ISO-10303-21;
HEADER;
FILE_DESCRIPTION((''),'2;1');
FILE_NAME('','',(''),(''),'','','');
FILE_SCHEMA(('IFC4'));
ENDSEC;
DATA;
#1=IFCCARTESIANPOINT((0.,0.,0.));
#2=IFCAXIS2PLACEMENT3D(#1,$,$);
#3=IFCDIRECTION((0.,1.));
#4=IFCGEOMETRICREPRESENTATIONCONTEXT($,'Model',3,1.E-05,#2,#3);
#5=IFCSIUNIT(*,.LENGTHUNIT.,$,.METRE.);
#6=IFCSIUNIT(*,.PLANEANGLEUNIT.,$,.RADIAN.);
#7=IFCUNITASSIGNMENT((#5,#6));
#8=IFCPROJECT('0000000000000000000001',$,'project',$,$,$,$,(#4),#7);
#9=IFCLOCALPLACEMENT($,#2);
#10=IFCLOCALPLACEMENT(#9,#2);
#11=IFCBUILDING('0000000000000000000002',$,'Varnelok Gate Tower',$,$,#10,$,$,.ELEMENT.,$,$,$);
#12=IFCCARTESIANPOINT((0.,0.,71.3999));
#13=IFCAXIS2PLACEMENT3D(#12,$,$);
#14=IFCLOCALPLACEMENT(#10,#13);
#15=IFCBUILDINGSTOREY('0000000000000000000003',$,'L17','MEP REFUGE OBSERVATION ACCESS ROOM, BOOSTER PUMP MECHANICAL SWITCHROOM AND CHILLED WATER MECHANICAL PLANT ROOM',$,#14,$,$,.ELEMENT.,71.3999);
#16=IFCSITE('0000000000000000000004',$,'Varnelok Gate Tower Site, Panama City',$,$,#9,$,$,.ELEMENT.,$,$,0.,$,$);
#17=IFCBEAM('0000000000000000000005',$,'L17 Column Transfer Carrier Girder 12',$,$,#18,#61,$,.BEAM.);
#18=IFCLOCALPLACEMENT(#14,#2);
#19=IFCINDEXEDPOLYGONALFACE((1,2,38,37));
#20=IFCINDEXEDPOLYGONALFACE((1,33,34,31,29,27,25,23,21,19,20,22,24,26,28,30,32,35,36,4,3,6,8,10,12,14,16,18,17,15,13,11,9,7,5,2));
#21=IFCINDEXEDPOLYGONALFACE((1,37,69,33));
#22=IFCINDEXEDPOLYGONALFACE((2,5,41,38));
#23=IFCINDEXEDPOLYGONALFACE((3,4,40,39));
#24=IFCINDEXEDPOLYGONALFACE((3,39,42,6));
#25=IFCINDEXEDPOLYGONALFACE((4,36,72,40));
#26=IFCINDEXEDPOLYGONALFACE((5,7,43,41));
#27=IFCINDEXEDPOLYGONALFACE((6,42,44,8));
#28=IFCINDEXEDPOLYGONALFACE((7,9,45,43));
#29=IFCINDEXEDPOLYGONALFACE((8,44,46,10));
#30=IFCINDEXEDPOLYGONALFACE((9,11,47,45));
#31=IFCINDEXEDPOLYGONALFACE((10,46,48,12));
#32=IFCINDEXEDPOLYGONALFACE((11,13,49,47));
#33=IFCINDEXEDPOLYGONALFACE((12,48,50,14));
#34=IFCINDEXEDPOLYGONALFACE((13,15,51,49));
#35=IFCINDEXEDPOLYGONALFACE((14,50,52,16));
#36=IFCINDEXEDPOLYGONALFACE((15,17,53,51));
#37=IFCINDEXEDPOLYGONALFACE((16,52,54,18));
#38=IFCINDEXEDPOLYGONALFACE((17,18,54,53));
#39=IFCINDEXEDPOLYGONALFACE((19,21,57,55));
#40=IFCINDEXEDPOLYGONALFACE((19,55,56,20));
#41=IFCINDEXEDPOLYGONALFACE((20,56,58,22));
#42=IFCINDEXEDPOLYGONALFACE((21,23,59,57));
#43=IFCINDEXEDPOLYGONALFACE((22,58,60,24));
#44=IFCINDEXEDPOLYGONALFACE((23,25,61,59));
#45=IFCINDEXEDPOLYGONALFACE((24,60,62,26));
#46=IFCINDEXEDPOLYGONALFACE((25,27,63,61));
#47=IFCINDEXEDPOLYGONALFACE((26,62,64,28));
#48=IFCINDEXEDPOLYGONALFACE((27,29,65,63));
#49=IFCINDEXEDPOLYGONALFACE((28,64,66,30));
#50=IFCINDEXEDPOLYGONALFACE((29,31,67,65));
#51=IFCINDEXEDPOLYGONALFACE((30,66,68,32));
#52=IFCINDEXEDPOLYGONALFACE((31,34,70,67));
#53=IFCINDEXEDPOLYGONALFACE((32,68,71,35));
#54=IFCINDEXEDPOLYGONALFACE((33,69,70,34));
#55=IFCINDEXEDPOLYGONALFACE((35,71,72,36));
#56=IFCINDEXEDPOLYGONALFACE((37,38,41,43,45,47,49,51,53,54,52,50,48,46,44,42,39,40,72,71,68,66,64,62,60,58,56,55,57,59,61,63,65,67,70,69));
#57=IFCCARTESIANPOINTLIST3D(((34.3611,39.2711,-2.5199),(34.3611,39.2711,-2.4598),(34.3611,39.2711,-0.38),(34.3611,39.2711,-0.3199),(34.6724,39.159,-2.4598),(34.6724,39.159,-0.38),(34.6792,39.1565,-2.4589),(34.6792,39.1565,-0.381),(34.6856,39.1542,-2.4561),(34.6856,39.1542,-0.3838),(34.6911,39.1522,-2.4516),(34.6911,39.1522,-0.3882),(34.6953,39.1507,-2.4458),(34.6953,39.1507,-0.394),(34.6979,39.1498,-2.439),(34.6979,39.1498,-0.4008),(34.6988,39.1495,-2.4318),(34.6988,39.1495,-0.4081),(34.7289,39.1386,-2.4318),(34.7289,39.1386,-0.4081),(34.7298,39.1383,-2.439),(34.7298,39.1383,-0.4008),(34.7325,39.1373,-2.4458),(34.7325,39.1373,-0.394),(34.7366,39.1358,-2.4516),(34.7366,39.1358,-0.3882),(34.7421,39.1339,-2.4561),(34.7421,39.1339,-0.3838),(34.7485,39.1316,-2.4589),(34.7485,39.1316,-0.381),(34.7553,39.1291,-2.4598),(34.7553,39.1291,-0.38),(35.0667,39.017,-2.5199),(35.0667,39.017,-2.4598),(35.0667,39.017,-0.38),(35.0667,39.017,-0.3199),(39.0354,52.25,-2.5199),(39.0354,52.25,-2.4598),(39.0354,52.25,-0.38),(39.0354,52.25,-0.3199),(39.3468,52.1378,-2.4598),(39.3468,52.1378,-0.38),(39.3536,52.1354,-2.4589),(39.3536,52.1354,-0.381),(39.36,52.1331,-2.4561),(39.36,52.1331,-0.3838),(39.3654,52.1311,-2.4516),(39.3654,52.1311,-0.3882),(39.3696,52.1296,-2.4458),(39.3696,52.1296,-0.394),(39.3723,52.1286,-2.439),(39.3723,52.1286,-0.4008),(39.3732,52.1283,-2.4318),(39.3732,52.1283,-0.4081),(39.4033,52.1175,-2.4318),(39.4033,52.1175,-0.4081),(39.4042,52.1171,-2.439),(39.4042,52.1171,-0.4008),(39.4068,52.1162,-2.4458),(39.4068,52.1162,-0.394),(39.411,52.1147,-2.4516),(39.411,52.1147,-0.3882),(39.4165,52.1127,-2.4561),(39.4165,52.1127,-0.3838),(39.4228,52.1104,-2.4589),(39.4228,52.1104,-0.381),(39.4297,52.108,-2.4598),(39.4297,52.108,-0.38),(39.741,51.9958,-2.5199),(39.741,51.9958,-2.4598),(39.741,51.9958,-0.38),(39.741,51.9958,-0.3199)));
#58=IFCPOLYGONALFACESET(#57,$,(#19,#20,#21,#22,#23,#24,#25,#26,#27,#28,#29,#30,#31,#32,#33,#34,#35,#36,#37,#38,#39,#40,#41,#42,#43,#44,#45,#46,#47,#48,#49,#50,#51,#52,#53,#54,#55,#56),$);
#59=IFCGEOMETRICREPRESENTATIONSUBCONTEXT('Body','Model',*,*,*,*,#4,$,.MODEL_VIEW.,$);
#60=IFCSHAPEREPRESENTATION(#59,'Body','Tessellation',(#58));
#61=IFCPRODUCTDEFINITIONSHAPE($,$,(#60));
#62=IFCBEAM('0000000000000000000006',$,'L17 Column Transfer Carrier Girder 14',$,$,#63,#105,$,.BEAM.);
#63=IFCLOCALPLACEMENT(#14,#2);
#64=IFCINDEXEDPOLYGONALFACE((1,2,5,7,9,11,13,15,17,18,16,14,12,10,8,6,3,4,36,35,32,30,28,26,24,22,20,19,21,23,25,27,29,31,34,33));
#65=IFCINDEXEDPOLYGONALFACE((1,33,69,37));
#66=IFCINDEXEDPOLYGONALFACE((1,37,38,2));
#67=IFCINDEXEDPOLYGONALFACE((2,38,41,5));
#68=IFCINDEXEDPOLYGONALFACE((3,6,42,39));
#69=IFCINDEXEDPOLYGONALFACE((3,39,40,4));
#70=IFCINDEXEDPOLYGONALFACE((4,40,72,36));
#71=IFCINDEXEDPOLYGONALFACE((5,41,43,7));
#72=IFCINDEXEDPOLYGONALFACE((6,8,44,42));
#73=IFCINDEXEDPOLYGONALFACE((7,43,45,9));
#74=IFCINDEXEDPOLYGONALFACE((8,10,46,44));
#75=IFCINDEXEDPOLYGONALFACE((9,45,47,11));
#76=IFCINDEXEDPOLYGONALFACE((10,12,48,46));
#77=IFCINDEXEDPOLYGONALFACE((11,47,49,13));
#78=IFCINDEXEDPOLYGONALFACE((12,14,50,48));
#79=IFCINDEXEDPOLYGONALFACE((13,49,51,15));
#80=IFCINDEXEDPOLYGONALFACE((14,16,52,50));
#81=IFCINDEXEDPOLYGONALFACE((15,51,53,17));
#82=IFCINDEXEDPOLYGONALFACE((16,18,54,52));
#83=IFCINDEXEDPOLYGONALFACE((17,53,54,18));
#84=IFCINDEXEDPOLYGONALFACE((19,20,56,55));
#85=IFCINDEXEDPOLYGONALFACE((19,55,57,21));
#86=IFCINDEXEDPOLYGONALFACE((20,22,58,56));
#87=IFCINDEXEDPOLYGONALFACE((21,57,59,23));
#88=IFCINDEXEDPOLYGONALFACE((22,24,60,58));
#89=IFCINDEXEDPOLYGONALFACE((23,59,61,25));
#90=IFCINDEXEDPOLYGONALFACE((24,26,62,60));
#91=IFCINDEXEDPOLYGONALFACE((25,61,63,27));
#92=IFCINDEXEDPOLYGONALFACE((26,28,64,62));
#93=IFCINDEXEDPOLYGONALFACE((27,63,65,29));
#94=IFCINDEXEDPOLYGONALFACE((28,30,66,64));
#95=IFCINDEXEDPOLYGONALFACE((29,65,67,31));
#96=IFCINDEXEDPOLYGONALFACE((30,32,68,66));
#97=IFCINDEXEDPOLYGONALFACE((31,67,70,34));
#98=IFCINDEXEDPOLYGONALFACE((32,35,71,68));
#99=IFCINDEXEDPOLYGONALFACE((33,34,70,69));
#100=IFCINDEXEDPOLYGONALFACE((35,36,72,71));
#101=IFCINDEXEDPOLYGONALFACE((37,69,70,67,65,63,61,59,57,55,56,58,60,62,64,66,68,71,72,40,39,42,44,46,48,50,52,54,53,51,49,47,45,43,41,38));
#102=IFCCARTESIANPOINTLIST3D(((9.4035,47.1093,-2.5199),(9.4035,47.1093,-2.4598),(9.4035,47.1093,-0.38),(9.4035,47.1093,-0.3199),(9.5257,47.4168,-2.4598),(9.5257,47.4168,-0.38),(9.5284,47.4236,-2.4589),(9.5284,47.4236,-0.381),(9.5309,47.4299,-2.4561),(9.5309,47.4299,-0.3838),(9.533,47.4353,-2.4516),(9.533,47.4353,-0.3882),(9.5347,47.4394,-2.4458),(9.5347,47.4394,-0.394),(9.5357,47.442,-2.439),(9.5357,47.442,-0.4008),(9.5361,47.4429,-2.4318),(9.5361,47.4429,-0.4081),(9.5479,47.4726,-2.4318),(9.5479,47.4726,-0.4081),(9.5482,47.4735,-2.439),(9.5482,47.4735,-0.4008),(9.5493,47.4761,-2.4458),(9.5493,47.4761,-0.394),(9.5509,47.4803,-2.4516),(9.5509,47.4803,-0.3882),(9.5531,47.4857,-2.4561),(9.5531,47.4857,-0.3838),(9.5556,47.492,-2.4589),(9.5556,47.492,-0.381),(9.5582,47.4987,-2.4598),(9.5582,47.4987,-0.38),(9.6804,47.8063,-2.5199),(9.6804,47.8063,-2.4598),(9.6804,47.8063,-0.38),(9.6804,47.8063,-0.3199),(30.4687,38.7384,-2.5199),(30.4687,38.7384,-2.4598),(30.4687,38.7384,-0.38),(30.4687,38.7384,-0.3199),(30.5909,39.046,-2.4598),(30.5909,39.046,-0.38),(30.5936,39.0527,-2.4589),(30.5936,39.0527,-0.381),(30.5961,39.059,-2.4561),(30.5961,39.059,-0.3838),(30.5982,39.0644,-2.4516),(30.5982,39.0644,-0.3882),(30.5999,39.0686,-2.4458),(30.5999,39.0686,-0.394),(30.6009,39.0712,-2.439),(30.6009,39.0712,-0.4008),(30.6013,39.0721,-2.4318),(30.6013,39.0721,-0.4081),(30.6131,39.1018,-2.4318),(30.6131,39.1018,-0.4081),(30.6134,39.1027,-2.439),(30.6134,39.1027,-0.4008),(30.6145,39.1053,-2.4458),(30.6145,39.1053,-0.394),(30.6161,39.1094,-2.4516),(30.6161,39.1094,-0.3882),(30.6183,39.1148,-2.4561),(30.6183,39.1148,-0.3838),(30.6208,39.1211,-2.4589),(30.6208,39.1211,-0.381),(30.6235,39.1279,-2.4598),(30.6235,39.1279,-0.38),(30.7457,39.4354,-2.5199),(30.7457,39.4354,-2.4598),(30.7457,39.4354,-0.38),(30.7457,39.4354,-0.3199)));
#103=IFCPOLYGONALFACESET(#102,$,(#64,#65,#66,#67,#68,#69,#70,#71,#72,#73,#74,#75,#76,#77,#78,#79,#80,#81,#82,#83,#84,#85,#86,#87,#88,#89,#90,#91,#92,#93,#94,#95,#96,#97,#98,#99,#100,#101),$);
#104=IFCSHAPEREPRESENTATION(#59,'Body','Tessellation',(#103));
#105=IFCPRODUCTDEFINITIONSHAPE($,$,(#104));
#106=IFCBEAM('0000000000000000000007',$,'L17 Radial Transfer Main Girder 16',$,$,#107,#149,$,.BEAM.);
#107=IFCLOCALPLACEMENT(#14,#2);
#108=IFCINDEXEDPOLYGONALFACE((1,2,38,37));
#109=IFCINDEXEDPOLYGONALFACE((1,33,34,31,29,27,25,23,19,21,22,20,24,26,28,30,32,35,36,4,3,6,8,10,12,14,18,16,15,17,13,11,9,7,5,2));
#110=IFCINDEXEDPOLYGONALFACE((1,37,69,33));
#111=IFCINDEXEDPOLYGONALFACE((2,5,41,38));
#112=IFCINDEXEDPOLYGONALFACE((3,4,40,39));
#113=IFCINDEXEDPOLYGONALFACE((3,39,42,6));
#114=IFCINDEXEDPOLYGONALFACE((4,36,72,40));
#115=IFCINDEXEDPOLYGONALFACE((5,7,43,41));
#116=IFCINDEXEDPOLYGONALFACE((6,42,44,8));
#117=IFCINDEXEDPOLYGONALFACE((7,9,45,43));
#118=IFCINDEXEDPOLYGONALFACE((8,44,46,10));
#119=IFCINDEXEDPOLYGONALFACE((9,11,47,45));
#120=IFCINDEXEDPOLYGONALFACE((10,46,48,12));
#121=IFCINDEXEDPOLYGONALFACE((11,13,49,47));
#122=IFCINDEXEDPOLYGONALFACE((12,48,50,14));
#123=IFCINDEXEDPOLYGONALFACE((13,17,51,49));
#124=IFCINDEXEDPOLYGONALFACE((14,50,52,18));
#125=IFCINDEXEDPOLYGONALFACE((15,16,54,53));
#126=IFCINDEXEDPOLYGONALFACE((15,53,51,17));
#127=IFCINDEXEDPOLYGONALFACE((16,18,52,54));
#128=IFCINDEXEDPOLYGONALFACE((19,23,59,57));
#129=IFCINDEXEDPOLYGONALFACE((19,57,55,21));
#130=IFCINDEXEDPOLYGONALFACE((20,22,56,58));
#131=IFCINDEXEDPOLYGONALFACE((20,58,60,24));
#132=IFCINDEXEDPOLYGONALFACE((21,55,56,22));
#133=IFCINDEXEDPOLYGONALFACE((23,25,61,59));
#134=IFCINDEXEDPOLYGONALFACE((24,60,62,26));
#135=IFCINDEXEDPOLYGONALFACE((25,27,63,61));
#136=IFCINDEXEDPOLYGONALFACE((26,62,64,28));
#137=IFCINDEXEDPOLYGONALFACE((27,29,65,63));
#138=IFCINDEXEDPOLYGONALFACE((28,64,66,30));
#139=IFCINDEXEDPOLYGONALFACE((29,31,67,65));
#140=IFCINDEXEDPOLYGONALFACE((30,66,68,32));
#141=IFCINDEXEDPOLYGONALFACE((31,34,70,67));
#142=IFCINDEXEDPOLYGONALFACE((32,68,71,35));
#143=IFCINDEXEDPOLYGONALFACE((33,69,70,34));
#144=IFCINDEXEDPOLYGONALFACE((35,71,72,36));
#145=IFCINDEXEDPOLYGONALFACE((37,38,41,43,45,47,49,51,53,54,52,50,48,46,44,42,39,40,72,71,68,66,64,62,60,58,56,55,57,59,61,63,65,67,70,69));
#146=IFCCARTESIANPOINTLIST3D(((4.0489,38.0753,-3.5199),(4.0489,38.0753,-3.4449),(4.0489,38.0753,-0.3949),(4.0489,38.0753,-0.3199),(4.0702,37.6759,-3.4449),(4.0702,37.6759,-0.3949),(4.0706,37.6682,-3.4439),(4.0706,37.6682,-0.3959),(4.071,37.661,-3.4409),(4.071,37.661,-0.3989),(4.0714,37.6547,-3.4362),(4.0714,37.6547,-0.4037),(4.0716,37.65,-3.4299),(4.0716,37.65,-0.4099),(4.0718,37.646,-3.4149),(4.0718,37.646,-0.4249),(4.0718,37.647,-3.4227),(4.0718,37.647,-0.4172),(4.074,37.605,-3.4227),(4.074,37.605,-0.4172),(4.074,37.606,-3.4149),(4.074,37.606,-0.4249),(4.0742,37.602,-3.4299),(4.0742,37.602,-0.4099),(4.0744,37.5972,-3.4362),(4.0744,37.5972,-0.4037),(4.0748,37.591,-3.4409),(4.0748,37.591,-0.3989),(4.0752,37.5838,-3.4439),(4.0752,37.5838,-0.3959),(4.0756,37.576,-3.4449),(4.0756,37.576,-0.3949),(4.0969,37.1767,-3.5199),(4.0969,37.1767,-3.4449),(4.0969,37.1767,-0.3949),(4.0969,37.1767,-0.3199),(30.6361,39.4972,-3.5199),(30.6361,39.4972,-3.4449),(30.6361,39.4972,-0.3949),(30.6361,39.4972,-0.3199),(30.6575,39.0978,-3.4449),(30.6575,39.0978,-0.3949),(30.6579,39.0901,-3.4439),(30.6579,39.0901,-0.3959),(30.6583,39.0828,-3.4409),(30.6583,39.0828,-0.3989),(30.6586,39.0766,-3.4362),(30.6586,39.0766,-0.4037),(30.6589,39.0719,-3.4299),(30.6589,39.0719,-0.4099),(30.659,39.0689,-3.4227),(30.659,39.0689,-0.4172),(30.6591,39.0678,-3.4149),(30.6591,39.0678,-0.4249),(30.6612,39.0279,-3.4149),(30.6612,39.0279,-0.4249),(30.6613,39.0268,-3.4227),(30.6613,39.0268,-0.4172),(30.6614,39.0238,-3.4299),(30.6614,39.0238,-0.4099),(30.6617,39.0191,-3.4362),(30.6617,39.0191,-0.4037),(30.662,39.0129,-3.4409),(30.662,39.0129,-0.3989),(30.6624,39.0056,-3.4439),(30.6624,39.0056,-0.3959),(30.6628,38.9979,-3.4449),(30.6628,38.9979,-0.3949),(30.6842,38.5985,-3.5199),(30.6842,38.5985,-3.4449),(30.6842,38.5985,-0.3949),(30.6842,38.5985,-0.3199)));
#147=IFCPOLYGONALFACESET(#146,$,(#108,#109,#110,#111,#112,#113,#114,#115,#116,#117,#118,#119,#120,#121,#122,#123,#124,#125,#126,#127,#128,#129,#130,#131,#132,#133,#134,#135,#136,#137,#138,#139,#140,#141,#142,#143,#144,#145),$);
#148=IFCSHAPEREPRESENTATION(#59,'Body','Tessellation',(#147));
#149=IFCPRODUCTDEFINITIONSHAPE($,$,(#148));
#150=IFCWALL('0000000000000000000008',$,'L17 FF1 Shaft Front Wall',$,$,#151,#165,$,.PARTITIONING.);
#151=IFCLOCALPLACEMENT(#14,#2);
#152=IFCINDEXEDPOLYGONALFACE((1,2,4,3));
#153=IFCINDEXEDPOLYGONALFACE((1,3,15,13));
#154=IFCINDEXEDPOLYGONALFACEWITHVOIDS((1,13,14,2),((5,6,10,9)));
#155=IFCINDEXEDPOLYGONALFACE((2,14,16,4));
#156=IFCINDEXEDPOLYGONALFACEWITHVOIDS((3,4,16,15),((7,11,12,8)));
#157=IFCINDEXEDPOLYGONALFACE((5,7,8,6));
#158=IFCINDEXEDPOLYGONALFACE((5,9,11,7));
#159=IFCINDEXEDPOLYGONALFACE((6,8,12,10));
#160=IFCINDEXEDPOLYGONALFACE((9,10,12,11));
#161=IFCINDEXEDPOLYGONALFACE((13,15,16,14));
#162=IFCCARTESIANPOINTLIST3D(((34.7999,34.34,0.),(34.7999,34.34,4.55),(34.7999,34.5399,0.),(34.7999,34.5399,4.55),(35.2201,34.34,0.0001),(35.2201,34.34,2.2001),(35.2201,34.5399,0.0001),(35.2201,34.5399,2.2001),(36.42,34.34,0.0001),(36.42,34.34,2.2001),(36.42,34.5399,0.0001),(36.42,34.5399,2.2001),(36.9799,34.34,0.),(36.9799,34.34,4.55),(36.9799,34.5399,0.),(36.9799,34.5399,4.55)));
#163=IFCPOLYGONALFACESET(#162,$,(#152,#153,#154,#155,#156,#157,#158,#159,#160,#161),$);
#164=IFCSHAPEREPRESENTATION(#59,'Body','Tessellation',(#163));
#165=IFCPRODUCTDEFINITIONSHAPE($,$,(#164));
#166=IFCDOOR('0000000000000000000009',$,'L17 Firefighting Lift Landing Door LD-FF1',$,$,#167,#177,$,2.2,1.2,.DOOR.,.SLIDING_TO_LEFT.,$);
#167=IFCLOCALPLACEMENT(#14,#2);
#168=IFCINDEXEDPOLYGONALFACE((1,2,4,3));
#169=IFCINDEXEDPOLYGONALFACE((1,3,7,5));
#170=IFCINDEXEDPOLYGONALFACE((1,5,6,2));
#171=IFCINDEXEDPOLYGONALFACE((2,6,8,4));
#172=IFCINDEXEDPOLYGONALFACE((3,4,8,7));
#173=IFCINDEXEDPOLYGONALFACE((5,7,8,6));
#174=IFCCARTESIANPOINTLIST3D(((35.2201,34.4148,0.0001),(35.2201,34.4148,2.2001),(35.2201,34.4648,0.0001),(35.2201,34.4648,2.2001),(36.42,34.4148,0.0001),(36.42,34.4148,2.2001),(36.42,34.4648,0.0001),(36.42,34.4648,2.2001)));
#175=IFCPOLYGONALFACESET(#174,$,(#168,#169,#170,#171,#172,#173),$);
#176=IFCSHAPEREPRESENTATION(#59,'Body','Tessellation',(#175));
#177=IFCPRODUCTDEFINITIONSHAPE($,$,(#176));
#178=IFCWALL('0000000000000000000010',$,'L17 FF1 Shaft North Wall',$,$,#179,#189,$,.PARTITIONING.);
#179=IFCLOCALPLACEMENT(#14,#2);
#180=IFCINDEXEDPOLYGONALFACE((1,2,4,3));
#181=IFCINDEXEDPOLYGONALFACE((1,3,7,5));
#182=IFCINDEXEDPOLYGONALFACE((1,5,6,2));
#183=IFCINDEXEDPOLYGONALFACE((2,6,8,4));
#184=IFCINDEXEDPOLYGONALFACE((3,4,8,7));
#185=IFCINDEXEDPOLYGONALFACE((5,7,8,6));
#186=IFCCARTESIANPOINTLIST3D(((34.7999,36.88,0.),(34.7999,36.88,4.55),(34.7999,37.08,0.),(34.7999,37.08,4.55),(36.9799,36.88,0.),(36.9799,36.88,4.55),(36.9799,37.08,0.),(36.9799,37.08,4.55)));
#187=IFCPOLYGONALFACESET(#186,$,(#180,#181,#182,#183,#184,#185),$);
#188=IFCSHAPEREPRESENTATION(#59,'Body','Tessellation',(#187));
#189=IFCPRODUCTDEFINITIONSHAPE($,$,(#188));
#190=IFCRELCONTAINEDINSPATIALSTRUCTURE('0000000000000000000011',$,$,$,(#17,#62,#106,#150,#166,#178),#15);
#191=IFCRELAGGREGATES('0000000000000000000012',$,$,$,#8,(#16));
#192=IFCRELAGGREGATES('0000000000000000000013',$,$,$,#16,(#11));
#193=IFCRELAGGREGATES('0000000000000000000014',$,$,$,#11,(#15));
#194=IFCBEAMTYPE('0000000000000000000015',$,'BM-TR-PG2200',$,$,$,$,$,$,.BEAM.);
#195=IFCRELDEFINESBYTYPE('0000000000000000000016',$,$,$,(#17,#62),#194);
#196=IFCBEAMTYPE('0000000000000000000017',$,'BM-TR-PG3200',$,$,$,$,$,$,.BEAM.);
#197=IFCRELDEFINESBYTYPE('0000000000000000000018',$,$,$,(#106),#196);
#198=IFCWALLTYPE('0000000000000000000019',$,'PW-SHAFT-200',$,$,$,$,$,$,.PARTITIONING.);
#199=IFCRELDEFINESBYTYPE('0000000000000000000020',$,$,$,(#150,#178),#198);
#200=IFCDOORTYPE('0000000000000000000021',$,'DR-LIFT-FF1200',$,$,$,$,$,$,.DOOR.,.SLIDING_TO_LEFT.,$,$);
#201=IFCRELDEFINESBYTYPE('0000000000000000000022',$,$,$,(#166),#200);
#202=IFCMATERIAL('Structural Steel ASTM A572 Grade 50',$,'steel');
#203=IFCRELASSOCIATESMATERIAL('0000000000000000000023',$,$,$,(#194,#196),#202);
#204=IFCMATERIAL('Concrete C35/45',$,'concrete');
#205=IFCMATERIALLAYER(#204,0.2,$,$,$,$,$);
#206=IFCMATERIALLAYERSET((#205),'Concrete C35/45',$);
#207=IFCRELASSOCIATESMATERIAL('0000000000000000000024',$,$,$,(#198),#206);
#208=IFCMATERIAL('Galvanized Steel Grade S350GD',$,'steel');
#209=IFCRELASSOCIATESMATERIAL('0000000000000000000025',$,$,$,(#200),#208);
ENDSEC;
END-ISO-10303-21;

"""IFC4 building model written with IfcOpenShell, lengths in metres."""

from ifc_helpers import new_model, si_unit, direction, frame, frame_2d, origin, origin_2d, place, context, subcontext, project, spatial, rectangle, i_section, extrude, material, layer, layer_set, material_profile, profile_set, type_object, element, fill, save


model = new_model("IFC4")

# Units and contexts
model_context = context("Model", 3, precision=1e-05, world=origin(), true_north=direction((0.0, 1.0)))
body_context = subcontext(model_context, "Body", "Model", "MODEL_VIEW")
ifc_project = project(units=[si_unit("LENGTHUNIT", "METRE"), si_unit("PLANEANGLEUNIT", "RADIAN")], contexts=[model_context])

# Site, building, storey
site_placement = place(None, origin())
site = spatial("IfcSite", under=ifc_project, at=site_placement, Name="Varnelok Gate Tower Site, Panama City", CompositionType="ELEMENT", RefElevation=0.0)
building_placement = place(site_placement, origin())
building = spatial("IfcBuilding", under=site, at=building_placement, Name="Varnelok Gate Tower", CompositionType="ELEMENT")
storey_placement = place(building_placement, frame((0.0, 0.0, 71.3999)))
storey = spatial("IfcBuildingStorey", under=building, at=storey_placement, Name="L17", Description="MEP REFUGE OBSERVATION ACCESS ROOM, BOOSTER PUMP MECHANICAL SWITCHROOM AND CHILLED WATER MECHANICAL PLANT ROOM", CompositionType="ELEMENT", Elevation=71.3999)

# Beams
ifc_material_1 = material(Name="Structural Steel ASTM A572 Grade 50", Category="steel")
ifc_material_profile_1 = material_profile(ifc_material_1, i_section(OverallWidth=0.75, OverallDepth=2.2, WebThickness=0.032, FlangeThickness=0.0601, FilletRadius=0.0281, at=origin_2d()), Name="PG2200X750")
ifc_profile_set_1 = profile_set([ifc_material_profile_1], Name="Structural Steel ASTM A572 Grade 50")
beam_type_1 = type_object("IfcBeamType", Name="BM-TR-PG2200", PredefinedType="BEAM", material=ifc_profile_set_1)
beam_1_placement = place(storey_placement, frame((34.7139, 39.144, -1.4199), z_axis=(0.338845, 0.940842, 0.0), x_axis=(-0.940842, 0.338845, 0.0)))
element("IfcBeam", 1, at=beam_1_placement, inside=storey, type_object=beam_type_1, Name="L17 Column Transfer Carrier Girder 12", PredefinedType="BEAM", context=body_context, shape_type="SweptSolid", body=[
    extrude(i_section(OverallWidth=0.75, OverallDepth=2.2, WebThickness=0.032, FlangeThickness=0.0601, FilletRadius=0.0281, at=origin_2d()), origin(), (0.0, 0.0, 1.0), 13.7949),
])
beam_2_placement = place(storey_placement, frame((30.6072, 39.0869, -1.4199), z_axis=(-0.929314, 0.369289, 0.0), x_axis=(-0.369289, -0.929314, 0.0)))
element("IfcBeam", 2, at=beam_2_placement, inside=storey, type_object=beam_type_1, Name="L17 Column Transfer Carrier Girder 14", PredefinedType="BEAM", context=body_context, shape_type="SweptSolid", body=[
    extrude(i_section(OverallWidth=0.75, OverallDepth=2.2, WebThickness=0.032, FlangeThickness=0.0601, FilletRadius=0.0281, at=origin_2d()), origin(), (0.0, 0.0, 1.0), 22.6675),
])
ifc_material_profile_2 = material_profile(ifc_material_1, i_section(OverallWidth=0.8999, OverallDepth=3.2, WebThickness=0.04, FlangeThickness=0.075, FilletRadius=0.03, at=origin_2d()), Name="PG3200X900")
ifc_profile_set_2 = profile_set([ifc_material_profile_2], Name="Structural Steel ASTM A572 Grade 50")
beam_type_2 = type_object("IfcBeamType", Name="BM-TR-PG3200", PredefinedType="BEAM", material=ifc_profile_set_2)
beam_3_placement = place(storey_placement, frame((30.6602, 39.0479, -1.9199), z_axis=(-0.998573, -0.053403, 0.0), x_axis=(0.053403, -0.998573, 0.0)))
element("IfcBeam", 3, at=beam_3_placement, inside=storey, type_object=beam_type_2, Name="L17 Radial Transfer Main Girder 16", PredefinedType="BEAM", context=body_context, shape_type="SweptSolid", body=[
    extrude(i_section(OverallWidth=0.8999, OverallDepth=3.2, WebThickness=0.04, FlangeThickness=0.075, FilletRadius=0.03, at=origin_2d()), origin(), (0.0, 0.0, 1.0), 26.6252),
])

# Wall, opening, door
ifc_material_2 = material(Name="Concrete C35/45", Category="concrete")
ifc_layer_1 = layer(ifc_material_2, 0.2)
ifc_layer_set_1 = layer_set([ifc_layer_1], Name="Concrete C35/45")
wall_type_1 = type_object("IfcWallType", Name="PW-SHAFT-200", PredefinedType="PARTITIONING", material=ifc_layer_set_1)
wall_1_placement = place(storey_placement, frame((34.8, 34.4399, 0.0), z_axis=(0.0, 0.0, 1.0), x_axis=(1.0, 0.0, 0.0)))
wall_1 = element("IfcWall", 4, at=wall_1_placement, inside=storey, type_object=wall_type_1, Name="L17 FF1 Shaft Front Wall", PredefinedType="PARTITIONING", context=body_context, shape_type="SweptSolid", body=[
    extrude(rectangle(XDim=2.1799, YDim=0.2, at=frame_2d((1.0898, 0.0))), origin(), (0.0, 0.0, 1.0), 4.55),
])
opening_1_placement = place(wall_1_placement, frame((0.4199, 0.0, 0.0)))
opening_1 = element("IfcOpeningElement", 5, at=opening_1_placement, cuts=wall_1, PredefinedType="OPENING", context=body_context, shape_type="SweptSolid", body=[
    extrude(rectangle(XDim=1.2, YDim=2.2, at=frame_2d((0.6001, 1.1001))), frame((0.0, 0.1099, 0.0), z_axis=(0.0, -1.0, 0.0), x_axis=(1.0, 0.0, 0.0)), (0.0, 0.0, 1.0), 0.22),
])
ifc_material_3 = material(Name="Galvanized Steel Grade S350GD", Category="steel")
door_type_1 = type_object("IfcDoorType", Name="DR-LIFT-FF1200", OperationType="SLIDING_TO_LEFT", PredefinedType="DOOR", material=ifc_material_3)
door_1_placement = place(opening_1_placement, origin())
door_1 = element("IfcDoor", 6, at=door_1_placement, inside=storey, type_object=door_type_1, Name="L17 Firefighting Lift Landing Door LD-FF1", OperationType="SLIDING_TO_LEFT", OverallHeight=2.2, OverallWidth=1.2, PredefinedType="DOOR", context=body_context, shape_type="SweptSolid", body=[
    extrude(rectangle(XDim=1.2, YDim=2.2, at=frame_2d((0.6001, 1.1001))), frame((0.0, 0.0249, 0.0), z_axis=(0.0, -1.0, 0.0), x_axis=(1.0, 0.0, 0.0)), (0.0, 0.0, 1.0), 0.05),
])
fill(opening_1, door_1)

# Wall
wall_2_placement = place(storey_placement, frame((34.8, 36.98, 0.0), z_axis=(0.0, 0.0, 1.0), x_axis=(1.0, 0.0, 0.0)))
element("IfcWall", 7, at=wall_2_placement, inside=storey, type_object=wall_type_1, Name="L17 FF1 Shaft North Wall", PredefinedType="PARTITIONING", context=body_context, shape_type="SweptSolid", body=[
    extrude(rectangle(XDim=2.1799, YDim=0.2, at=frame_2d((1.0898, 0.0))), origin(), (0.0, 0.0, 1.0), 4.55),
])

save(model, "model.ifc")
